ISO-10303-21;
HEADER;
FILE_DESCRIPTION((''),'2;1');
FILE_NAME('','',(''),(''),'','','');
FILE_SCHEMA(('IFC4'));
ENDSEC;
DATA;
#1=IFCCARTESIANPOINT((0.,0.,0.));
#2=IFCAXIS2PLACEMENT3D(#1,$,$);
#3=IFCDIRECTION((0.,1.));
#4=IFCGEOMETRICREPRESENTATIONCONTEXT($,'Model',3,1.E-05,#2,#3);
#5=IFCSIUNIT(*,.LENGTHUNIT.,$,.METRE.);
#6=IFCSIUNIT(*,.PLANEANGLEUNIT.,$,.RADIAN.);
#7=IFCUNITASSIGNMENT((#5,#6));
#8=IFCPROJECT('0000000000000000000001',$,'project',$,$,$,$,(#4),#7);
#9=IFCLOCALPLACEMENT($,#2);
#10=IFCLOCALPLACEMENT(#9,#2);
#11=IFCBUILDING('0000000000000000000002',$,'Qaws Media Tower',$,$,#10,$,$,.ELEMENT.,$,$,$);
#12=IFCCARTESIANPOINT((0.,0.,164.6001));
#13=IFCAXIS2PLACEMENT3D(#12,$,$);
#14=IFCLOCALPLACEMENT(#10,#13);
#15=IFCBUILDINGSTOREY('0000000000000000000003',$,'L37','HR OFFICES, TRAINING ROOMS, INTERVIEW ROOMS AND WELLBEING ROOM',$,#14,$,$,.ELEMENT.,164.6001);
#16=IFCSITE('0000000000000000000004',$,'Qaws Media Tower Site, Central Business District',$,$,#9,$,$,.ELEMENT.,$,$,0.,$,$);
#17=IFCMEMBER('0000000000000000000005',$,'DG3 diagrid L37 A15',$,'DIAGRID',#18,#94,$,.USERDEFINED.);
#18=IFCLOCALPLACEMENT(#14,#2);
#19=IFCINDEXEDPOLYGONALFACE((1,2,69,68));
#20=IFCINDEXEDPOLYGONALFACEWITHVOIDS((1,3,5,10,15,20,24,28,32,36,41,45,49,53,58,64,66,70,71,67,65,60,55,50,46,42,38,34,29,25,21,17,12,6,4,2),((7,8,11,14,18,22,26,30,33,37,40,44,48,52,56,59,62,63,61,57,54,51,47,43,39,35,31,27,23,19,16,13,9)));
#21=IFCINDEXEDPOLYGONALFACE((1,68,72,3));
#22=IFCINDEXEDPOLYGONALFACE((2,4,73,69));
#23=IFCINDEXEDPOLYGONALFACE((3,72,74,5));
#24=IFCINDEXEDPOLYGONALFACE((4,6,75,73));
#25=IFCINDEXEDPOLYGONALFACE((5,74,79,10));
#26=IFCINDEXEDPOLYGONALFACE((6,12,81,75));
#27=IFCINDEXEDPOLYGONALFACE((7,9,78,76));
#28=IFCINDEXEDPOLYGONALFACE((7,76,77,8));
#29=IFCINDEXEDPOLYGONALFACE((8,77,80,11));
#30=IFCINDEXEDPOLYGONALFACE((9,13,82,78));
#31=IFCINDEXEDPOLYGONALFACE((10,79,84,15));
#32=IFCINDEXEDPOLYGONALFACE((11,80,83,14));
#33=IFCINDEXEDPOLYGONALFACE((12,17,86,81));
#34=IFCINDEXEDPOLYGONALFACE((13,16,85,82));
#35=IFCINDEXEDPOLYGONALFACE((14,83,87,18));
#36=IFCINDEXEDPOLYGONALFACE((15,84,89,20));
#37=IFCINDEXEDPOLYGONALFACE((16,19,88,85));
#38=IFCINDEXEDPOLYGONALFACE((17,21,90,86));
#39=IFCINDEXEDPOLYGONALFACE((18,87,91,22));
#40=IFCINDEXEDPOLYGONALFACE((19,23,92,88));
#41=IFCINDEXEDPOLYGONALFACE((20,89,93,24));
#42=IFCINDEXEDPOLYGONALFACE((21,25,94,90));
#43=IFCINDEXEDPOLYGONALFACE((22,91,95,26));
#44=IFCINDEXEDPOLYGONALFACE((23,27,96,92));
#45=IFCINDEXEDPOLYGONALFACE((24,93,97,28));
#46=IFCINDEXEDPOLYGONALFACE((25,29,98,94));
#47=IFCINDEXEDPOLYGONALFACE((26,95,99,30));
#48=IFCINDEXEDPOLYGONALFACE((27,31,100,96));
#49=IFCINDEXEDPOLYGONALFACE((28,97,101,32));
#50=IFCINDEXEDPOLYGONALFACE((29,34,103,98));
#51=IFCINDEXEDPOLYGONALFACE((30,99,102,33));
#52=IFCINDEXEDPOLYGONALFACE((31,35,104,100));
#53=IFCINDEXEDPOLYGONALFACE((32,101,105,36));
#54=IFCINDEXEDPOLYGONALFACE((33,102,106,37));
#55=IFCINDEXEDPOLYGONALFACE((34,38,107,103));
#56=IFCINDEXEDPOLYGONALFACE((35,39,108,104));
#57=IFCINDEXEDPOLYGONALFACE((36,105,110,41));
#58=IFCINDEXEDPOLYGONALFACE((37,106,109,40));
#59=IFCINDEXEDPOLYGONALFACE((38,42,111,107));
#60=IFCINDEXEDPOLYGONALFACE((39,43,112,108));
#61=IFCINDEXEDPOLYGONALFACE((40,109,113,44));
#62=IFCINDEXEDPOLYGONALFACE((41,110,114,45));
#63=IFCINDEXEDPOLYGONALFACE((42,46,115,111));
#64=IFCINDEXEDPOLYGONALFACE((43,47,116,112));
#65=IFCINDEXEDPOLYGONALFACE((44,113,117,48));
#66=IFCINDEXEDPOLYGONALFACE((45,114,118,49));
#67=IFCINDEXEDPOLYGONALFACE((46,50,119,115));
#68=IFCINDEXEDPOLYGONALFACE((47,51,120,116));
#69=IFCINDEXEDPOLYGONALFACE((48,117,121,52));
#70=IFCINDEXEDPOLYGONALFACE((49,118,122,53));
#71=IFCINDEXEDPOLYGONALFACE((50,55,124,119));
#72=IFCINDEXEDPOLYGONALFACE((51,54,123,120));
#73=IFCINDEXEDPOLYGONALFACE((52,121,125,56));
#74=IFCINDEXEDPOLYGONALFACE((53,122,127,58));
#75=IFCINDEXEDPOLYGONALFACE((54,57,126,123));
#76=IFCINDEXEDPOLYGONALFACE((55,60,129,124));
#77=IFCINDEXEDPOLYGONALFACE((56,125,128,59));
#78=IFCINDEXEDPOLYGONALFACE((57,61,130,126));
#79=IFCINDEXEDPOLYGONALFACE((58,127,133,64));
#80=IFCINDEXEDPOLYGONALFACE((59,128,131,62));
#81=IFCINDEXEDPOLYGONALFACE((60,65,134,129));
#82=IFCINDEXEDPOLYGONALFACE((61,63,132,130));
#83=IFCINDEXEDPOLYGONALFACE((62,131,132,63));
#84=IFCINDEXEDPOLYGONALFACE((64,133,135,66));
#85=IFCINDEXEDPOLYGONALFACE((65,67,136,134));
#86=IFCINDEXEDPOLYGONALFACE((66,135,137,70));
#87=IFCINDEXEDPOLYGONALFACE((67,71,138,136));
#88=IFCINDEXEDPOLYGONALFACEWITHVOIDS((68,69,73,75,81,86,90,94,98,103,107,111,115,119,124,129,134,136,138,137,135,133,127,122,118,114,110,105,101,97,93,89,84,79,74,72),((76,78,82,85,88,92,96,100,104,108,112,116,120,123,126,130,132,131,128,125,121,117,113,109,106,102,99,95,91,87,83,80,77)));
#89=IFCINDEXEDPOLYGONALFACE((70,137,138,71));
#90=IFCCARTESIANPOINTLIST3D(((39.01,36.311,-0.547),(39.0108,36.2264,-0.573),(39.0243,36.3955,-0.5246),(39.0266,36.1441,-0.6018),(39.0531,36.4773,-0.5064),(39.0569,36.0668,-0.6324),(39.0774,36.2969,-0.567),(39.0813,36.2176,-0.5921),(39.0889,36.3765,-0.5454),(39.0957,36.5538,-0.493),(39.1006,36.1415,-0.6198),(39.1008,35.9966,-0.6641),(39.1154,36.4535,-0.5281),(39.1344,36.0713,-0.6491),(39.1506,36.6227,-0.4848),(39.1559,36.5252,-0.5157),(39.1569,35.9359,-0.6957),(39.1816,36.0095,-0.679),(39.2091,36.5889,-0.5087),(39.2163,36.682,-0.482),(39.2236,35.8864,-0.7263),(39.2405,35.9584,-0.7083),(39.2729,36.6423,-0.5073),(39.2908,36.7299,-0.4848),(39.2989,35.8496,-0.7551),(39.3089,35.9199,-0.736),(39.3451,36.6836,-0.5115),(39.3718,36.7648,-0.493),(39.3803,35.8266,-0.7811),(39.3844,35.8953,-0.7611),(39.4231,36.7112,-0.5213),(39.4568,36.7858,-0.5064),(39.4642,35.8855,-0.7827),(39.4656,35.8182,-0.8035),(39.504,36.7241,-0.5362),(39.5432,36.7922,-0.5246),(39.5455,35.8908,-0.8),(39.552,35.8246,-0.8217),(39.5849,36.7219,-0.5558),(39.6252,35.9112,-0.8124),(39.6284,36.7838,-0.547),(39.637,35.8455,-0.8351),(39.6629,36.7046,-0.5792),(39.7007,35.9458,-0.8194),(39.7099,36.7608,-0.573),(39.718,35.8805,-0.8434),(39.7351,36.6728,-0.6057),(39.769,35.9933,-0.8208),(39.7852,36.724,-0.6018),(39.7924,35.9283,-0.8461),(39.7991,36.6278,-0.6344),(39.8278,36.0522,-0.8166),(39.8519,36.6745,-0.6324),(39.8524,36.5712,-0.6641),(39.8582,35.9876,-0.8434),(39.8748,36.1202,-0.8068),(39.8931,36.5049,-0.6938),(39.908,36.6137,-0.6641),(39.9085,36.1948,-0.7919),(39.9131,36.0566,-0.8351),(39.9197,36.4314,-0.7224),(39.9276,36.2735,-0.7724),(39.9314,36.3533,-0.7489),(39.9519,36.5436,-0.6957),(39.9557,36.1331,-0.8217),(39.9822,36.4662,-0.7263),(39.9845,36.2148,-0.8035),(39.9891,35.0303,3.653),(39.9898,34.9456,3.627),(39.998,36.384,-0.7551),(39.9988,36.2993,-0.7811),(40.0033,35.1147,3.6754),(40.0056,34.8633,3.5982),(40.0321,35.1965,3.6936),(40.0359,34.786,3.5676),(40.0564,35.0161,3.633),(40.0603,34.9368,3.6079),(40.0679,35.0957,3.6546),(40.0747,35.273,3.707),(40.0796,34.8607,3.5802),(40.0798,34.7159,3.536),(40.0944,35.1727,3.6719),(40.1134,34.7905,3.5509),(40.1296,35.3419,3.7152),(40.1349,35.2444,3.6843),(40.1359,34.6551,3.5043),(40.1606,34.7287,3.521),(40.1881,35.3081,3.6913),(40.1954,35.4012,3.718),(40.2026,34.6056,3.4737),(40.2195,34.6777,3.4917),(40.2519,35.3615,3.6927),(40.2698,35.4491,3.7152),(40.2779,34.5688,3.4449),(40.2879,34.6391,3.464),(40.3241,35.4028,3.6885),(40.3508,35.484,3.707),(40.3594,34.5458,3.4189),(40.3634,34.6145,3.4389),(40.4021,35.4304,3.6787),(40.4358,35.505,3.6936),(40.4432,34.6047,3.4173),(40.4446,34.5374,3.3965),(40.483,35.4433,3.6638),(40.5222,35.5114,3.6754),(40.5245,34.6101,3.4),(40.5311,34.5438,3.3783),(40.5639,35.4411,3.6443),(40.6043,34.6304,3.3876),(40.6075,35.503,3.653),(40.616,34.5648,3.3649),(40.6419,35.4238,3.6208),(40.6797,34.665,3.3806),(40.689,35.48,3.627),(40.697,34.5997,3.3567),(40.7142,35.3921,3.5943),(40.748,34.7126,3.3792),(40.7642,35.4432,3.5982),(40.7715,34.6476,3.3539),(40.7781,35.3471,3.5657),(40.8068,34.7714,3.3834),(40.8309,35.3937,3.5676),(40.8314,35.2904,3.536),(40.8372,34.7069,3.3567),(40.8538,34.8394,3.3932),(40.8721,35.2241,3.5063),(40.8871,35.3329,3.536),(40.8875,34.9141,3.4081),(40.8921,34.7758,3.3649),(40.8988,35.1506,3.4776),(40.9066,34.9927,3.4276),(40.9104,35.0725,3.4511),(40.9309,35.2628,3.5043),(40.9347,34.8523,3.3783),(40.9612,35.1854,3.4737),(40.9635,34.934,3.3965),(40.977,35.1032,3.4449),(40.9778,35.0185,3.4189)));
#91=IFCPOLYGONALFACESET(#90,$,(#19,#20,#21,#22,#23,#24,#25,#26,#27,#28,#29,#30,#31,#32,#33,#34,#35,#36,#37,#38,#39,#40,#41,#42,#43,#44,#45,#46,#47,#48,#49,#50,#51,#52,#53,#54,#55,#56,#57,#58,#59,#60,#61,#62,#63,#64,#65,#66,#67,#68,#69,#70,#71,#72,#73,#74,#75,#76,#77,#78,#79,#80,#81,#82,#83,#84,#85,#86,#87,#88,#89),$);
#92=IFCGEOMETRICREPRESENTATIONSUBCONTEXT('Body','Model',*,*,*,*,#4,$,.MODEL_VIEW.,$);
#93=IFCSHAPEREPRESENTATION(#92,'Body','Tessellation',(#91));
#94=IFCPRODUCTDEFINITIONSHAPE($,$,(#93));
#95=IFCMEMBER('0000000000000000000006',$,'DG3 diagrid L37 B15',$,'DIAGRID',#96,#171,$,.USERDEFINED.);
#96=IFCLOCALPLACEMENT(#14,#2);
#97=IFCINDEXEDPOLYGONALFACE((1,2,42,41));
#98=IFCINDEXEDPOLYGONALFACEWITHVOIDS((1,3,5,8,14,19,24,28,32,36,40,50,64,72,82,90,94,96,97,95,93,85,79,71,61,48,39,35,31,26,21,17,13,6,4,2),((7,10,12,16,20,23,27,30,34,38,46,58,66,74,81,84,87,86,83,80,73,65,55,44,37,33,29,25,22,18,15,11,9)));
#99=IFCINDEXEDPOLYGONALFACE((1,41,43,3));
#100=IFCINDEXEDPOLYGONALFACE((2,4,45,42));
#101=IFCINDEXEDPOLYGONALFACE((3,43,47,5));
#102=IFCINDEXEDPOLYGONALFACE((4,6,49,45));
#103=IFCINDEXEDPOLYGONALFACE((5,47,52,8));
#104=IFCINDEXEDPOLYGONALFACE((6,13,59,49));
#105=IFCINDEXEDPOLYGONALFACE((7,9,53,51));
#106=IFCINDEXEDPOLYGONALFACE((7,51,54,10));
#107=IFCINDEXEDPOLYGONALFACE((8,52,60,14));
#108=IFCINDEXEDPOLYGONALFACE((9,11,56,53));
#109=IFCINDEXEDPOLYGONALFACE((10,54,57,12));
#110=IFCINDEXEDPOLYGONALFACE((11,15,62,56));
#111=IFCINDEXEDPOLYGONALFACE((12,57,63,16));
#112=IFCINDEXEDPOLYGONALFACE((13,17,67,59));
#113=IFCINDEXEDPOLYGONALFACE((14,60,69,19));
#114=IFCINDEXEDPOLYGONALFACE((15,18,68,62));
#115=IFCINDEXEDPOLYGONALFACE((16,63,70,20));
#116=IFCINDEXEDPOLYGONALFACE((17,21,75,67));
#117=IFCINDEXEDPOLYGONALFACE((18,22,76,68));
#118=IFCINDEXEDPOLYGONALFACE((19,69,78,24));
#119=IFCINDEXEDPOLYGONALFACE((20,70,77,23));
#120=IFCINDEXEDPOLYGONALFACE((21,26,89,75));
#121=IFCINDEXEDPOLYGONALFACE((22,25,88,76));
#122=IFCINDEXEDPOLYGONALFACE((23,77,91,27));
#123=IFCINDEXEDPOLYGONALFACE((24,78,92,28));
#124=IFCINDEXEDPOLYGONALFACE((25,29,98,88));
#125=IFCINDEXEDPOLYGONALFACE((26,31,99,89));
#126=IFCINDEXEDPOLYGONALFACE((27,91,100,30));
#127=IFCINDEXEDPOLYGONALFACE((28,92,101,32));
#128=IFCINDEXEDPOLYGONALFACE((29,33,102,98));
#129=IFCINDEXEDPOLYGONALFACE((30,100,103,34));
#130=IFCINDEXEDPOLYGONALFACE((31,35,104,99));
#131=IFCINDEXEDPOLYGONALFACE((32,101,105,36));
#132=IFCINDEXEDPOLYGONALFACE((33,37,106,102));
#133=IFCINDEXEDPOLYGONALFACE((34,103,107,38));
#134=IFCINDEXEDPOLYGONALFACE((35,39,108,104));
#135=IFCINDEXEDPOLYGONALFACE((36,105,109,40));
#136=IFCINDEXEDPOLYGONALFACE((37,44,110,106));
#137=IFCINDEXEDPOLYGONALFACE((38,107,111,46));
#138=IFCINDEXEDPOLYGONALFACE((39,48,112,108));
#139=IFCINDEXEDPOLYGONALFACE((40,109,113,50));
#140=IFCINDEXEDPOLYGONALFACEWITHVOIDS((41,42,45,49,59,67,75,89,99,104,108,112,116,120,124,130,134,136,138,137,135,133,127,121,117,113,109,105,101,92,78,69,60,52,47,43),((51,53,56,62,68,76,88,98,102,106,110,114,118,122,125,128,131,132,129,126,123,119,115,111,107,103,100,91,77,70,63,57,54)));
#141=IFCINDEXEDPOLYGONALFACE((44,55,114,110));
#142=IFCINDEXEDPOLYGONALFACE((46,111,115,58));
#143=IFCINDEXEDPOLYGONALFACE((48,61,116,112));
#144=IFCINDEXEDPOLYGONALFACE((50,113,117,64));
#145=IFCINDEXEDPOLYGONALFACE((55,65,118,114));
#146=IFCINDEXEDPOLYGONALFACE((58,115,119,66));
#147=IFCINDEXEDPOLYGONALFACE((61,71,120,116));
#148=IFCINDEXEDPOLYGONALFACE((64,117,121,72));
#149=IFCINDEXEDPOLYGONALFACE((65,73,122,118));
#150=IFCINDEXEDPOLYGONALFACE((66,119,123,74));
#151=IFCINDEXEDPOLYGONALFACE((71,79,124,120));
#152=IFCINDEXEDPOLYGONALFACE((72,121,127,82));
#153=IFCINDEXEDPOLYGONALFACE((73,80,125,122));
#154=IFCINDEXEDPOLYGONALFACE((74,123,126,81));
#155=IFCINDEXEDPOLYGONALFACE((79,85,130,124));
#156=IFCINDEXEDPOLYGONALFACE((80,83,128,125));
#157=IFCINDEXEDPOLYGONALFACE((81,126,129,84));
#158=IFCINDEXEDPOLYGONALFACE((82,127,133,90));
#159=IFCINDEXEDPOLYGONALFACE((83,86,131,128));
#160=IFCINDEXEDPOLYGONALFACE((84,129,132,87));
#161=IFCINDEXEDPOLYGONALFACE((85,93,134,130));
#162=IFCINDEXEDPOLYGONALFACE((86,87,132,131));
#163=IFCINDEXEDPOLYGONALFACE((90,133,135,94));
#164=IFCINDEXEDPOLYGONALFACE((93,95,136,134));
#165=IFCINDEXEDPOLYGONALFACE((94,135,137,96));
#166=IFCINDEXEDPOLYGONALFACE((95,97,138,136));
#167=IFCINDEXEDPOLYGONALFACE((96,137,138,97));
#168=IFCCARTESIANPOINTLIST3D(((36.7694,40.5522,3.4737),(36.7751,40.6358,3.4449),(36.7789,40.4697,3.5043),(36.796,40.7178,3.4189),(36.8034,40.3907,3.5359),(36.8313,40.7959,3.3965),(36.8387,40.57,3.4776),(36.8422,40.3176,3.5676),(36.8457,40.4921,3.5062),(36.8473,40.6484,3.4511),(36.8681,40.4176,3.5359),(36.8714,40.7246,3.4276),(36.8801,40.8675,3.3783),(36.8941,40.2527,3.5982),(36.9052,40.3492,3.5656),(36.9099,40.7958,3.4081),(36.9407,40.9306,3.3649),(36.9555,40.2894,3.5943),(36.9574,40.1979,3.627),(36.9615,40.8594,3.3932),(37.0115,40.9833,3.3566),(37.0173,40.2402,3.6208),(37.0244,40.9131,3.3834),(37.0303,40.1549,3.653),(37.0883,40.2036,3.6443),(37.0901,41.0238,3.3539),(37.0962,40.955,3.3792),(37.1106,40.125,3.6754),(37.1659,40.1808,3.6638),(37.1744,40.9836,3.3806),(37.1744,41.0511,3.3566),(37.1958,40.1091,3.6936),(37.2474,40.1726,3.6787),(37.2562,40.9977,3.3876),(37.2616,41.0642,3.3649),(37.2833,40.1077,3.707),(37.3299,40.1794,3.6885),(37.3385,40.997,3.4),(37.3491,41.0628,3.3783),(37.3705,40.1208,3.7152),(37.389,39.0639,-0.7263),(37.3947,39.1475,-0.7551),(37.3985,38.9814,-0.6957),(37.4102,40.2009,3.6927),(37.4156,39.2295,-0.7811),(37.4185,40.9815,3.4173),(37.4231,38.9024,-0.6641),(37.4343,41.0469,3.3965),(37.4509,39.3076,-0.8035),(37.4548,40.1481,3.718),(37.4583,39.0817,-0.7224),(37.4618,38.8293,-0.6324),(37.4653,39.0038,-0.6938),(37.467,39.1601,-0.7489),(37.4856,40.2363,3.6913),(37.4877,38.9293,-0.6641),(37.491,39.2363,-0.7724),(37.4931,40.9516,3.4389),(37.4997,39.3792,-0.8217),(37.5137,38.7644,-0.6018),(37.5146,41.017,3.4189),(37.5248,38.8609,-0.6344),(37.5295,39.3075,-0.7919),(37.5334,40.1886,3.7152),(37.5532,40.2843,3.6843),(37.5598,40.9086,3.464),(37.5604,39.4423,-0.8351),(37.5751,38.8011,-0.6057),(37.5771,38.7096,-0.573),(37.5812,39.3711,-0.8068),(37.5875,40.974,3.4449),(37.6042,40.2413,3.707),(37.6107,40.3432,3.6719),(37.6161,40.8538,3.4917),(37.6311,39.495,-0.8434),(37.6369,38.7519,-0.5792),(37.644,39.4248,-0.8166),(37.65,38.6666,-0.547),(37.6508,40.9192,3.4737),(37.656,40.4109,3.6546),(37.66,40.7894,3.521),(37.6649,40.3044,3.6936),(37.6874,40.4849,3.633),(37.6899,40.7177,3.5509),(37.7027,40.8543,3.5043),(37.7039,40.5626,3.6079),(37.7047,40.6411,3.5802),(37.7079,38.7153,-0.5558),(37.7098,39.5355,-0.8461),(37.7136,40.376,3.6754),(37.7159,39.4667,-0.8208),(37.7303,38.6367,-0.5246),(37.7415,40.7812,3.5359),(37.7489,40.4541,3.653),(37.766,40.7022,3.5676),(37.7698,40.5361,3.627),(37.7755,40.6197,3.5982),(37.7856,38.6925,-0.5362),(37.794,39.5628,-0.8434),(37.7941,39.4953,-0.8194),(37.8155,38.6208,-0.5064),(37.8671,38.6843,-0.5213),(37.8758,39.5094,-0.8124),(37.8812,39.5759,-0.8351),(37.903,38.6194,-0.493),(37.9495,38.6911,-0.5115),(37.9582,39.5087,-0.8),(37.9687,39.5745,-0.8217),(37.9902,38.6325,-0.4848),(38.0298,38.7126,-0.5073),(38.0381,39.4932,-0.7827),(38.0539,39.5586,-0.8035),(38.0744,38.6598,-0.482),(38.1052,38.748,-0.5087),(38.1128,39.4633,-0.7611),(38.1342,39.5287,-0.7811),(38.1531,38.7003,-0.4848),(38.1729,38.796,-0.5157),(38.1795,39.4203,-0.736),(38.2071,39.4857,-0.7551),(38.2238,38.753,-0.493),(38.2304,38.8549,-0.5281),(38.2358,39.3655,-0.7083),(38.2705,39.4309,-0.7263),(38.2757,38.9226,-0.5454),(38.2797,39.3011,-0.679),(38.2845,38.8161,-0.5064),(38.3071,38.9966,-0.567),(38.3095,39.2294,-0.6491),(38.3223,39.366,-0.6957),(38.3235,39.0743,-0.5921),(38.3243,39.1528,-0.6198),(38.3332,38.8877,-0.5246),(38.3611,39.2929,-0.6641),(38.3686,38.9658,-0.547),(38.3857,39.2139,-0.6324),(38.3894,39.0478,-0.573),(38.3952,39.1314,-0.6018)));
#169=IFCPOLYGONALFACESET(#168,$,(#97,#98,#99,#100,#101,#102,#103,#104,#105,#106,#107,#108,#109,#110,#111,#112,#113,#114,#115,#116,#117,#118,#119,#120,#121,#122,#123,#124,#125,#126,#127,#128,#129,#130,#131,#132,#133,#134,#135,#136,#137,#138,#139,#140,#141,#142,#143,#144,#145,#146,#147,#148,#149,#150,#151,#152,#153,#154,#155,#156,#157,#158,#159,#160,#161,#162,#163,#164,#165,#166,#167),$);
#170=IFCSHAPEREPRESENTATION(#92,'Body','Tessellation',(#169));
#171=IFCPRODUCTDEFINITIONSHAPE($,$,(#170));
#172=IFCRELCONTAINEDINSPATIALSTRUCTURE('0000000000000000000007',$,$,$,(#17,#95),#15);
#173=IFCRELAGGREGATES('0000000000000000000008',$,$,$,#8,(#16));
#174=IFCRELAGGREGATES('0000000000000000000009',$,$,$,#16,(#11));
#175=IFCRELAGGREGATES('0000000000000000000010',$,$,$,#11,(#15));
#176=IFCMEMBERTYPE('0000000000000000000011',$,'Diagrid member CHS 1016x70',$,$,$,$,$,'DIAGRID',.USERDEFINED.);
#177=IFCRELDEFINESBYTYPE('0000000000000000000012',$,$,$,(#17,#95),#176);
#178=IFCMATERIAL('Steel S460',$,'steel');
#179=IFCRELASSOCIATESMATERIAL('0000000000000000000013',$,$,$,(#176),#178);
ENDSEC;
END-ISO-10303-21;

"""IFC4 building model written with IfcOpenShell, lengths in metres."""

from ifc_helpers import new_model, si_unit, direction, frame, origin, origin_2d, place, context, subcontext, project, spatial, hollow_circle, extrude, material, material_profile, profile_set, type_object, element, save


model = new_model("IFC4")

# Units and contexts
model_context = context("Model", 3, precision=1e-05, world=origin(), true_north=direction((0.0, 1.0)))
body_context = subcontext(model_context, "Body", "Model", "MODEL_VIEW")
ifc_project = project(units=[si_unit("LENGTHUNIT", "METRE"), si_unit("PLANEANGLEUNIT", "RADIAN")], contexts=[model_context])

# Site, building, storey
site_placement = place(None, origin())
site = spatial("IfcSite", under=ifc_project, at=site_placement, Name="Qaws Media Tower Site, Central Business District", CompositionType="ELEMENT", RefElevation=0.0)
building_placement = place(site_placement, origin())
building = spatial("IfcBuilding", under=site, at=building_placement, Name="Qaws Media Tower", CompositionType="ELEMENT")
storey_placement = place(building_placement, frame((0.0, 0.0, 164.6001)))
storey = spatial("IfcBuildingStorey", under=building, at=storey_placement, Name="L37", Description="HR OFFICES, TRAINING ROOMS, INTERVIEW ROOMS AND WELLBEING ROOM", CompositionType="ELEMENT", Elevation=164.6001)

# Members
ifc_material_1 = material(Name="Steel S460", Category="steel")
ifc_material_profile_1 = material_profile(ifc_material_1, hollow_circle(Radius=0.5081, WallThickness=0.0701, at=origin_2d()), Name="CHS 1016x70")
ifc_profile_set_1 = profile_set([ifc_material_profile_1], Name="Steel S460")
member_type_1 = type_object("IfcMemberType", Name="Diagrid member CHS 1016x70", ElementType="DIAGRID", PredefinedType="USERDEFINED", material=ifc_profile_set_1)
for number, where, z_axis, x_axis, name in (
    (1, (39.5044, 36.3052, -0.6641), (0.217619, -0.284695, 0.93359), (0.794478, 0.607293, 0.0), "DG3 diagrid L37 A15"),
    (2, (37.8921, 39.0977, -0.6641), (-0.137734, 0.330823, 0.933587), (-0.923184, -0.384357, 0.0), "DG3 diagrid L37 B15"),
):
    element("IfcMember", number, at=place(storey_placement, frame(where, z_axis=z_axis, x_axis=x_axis)), inside=storey, type_object=member_type_1, Name=name, ObjectType="DIAGRID", PredefinedType="USERDEFINED", context=body_context, shape_type="SweptSolid", body=[
        extrude(hollow_circle(Radius=0.5081, WallThickness=0.0701, at=origin_2d()), origin(), (0.0, 0.0, 1.0), 4.4988),
    ])

save(model, "model.ifc")
